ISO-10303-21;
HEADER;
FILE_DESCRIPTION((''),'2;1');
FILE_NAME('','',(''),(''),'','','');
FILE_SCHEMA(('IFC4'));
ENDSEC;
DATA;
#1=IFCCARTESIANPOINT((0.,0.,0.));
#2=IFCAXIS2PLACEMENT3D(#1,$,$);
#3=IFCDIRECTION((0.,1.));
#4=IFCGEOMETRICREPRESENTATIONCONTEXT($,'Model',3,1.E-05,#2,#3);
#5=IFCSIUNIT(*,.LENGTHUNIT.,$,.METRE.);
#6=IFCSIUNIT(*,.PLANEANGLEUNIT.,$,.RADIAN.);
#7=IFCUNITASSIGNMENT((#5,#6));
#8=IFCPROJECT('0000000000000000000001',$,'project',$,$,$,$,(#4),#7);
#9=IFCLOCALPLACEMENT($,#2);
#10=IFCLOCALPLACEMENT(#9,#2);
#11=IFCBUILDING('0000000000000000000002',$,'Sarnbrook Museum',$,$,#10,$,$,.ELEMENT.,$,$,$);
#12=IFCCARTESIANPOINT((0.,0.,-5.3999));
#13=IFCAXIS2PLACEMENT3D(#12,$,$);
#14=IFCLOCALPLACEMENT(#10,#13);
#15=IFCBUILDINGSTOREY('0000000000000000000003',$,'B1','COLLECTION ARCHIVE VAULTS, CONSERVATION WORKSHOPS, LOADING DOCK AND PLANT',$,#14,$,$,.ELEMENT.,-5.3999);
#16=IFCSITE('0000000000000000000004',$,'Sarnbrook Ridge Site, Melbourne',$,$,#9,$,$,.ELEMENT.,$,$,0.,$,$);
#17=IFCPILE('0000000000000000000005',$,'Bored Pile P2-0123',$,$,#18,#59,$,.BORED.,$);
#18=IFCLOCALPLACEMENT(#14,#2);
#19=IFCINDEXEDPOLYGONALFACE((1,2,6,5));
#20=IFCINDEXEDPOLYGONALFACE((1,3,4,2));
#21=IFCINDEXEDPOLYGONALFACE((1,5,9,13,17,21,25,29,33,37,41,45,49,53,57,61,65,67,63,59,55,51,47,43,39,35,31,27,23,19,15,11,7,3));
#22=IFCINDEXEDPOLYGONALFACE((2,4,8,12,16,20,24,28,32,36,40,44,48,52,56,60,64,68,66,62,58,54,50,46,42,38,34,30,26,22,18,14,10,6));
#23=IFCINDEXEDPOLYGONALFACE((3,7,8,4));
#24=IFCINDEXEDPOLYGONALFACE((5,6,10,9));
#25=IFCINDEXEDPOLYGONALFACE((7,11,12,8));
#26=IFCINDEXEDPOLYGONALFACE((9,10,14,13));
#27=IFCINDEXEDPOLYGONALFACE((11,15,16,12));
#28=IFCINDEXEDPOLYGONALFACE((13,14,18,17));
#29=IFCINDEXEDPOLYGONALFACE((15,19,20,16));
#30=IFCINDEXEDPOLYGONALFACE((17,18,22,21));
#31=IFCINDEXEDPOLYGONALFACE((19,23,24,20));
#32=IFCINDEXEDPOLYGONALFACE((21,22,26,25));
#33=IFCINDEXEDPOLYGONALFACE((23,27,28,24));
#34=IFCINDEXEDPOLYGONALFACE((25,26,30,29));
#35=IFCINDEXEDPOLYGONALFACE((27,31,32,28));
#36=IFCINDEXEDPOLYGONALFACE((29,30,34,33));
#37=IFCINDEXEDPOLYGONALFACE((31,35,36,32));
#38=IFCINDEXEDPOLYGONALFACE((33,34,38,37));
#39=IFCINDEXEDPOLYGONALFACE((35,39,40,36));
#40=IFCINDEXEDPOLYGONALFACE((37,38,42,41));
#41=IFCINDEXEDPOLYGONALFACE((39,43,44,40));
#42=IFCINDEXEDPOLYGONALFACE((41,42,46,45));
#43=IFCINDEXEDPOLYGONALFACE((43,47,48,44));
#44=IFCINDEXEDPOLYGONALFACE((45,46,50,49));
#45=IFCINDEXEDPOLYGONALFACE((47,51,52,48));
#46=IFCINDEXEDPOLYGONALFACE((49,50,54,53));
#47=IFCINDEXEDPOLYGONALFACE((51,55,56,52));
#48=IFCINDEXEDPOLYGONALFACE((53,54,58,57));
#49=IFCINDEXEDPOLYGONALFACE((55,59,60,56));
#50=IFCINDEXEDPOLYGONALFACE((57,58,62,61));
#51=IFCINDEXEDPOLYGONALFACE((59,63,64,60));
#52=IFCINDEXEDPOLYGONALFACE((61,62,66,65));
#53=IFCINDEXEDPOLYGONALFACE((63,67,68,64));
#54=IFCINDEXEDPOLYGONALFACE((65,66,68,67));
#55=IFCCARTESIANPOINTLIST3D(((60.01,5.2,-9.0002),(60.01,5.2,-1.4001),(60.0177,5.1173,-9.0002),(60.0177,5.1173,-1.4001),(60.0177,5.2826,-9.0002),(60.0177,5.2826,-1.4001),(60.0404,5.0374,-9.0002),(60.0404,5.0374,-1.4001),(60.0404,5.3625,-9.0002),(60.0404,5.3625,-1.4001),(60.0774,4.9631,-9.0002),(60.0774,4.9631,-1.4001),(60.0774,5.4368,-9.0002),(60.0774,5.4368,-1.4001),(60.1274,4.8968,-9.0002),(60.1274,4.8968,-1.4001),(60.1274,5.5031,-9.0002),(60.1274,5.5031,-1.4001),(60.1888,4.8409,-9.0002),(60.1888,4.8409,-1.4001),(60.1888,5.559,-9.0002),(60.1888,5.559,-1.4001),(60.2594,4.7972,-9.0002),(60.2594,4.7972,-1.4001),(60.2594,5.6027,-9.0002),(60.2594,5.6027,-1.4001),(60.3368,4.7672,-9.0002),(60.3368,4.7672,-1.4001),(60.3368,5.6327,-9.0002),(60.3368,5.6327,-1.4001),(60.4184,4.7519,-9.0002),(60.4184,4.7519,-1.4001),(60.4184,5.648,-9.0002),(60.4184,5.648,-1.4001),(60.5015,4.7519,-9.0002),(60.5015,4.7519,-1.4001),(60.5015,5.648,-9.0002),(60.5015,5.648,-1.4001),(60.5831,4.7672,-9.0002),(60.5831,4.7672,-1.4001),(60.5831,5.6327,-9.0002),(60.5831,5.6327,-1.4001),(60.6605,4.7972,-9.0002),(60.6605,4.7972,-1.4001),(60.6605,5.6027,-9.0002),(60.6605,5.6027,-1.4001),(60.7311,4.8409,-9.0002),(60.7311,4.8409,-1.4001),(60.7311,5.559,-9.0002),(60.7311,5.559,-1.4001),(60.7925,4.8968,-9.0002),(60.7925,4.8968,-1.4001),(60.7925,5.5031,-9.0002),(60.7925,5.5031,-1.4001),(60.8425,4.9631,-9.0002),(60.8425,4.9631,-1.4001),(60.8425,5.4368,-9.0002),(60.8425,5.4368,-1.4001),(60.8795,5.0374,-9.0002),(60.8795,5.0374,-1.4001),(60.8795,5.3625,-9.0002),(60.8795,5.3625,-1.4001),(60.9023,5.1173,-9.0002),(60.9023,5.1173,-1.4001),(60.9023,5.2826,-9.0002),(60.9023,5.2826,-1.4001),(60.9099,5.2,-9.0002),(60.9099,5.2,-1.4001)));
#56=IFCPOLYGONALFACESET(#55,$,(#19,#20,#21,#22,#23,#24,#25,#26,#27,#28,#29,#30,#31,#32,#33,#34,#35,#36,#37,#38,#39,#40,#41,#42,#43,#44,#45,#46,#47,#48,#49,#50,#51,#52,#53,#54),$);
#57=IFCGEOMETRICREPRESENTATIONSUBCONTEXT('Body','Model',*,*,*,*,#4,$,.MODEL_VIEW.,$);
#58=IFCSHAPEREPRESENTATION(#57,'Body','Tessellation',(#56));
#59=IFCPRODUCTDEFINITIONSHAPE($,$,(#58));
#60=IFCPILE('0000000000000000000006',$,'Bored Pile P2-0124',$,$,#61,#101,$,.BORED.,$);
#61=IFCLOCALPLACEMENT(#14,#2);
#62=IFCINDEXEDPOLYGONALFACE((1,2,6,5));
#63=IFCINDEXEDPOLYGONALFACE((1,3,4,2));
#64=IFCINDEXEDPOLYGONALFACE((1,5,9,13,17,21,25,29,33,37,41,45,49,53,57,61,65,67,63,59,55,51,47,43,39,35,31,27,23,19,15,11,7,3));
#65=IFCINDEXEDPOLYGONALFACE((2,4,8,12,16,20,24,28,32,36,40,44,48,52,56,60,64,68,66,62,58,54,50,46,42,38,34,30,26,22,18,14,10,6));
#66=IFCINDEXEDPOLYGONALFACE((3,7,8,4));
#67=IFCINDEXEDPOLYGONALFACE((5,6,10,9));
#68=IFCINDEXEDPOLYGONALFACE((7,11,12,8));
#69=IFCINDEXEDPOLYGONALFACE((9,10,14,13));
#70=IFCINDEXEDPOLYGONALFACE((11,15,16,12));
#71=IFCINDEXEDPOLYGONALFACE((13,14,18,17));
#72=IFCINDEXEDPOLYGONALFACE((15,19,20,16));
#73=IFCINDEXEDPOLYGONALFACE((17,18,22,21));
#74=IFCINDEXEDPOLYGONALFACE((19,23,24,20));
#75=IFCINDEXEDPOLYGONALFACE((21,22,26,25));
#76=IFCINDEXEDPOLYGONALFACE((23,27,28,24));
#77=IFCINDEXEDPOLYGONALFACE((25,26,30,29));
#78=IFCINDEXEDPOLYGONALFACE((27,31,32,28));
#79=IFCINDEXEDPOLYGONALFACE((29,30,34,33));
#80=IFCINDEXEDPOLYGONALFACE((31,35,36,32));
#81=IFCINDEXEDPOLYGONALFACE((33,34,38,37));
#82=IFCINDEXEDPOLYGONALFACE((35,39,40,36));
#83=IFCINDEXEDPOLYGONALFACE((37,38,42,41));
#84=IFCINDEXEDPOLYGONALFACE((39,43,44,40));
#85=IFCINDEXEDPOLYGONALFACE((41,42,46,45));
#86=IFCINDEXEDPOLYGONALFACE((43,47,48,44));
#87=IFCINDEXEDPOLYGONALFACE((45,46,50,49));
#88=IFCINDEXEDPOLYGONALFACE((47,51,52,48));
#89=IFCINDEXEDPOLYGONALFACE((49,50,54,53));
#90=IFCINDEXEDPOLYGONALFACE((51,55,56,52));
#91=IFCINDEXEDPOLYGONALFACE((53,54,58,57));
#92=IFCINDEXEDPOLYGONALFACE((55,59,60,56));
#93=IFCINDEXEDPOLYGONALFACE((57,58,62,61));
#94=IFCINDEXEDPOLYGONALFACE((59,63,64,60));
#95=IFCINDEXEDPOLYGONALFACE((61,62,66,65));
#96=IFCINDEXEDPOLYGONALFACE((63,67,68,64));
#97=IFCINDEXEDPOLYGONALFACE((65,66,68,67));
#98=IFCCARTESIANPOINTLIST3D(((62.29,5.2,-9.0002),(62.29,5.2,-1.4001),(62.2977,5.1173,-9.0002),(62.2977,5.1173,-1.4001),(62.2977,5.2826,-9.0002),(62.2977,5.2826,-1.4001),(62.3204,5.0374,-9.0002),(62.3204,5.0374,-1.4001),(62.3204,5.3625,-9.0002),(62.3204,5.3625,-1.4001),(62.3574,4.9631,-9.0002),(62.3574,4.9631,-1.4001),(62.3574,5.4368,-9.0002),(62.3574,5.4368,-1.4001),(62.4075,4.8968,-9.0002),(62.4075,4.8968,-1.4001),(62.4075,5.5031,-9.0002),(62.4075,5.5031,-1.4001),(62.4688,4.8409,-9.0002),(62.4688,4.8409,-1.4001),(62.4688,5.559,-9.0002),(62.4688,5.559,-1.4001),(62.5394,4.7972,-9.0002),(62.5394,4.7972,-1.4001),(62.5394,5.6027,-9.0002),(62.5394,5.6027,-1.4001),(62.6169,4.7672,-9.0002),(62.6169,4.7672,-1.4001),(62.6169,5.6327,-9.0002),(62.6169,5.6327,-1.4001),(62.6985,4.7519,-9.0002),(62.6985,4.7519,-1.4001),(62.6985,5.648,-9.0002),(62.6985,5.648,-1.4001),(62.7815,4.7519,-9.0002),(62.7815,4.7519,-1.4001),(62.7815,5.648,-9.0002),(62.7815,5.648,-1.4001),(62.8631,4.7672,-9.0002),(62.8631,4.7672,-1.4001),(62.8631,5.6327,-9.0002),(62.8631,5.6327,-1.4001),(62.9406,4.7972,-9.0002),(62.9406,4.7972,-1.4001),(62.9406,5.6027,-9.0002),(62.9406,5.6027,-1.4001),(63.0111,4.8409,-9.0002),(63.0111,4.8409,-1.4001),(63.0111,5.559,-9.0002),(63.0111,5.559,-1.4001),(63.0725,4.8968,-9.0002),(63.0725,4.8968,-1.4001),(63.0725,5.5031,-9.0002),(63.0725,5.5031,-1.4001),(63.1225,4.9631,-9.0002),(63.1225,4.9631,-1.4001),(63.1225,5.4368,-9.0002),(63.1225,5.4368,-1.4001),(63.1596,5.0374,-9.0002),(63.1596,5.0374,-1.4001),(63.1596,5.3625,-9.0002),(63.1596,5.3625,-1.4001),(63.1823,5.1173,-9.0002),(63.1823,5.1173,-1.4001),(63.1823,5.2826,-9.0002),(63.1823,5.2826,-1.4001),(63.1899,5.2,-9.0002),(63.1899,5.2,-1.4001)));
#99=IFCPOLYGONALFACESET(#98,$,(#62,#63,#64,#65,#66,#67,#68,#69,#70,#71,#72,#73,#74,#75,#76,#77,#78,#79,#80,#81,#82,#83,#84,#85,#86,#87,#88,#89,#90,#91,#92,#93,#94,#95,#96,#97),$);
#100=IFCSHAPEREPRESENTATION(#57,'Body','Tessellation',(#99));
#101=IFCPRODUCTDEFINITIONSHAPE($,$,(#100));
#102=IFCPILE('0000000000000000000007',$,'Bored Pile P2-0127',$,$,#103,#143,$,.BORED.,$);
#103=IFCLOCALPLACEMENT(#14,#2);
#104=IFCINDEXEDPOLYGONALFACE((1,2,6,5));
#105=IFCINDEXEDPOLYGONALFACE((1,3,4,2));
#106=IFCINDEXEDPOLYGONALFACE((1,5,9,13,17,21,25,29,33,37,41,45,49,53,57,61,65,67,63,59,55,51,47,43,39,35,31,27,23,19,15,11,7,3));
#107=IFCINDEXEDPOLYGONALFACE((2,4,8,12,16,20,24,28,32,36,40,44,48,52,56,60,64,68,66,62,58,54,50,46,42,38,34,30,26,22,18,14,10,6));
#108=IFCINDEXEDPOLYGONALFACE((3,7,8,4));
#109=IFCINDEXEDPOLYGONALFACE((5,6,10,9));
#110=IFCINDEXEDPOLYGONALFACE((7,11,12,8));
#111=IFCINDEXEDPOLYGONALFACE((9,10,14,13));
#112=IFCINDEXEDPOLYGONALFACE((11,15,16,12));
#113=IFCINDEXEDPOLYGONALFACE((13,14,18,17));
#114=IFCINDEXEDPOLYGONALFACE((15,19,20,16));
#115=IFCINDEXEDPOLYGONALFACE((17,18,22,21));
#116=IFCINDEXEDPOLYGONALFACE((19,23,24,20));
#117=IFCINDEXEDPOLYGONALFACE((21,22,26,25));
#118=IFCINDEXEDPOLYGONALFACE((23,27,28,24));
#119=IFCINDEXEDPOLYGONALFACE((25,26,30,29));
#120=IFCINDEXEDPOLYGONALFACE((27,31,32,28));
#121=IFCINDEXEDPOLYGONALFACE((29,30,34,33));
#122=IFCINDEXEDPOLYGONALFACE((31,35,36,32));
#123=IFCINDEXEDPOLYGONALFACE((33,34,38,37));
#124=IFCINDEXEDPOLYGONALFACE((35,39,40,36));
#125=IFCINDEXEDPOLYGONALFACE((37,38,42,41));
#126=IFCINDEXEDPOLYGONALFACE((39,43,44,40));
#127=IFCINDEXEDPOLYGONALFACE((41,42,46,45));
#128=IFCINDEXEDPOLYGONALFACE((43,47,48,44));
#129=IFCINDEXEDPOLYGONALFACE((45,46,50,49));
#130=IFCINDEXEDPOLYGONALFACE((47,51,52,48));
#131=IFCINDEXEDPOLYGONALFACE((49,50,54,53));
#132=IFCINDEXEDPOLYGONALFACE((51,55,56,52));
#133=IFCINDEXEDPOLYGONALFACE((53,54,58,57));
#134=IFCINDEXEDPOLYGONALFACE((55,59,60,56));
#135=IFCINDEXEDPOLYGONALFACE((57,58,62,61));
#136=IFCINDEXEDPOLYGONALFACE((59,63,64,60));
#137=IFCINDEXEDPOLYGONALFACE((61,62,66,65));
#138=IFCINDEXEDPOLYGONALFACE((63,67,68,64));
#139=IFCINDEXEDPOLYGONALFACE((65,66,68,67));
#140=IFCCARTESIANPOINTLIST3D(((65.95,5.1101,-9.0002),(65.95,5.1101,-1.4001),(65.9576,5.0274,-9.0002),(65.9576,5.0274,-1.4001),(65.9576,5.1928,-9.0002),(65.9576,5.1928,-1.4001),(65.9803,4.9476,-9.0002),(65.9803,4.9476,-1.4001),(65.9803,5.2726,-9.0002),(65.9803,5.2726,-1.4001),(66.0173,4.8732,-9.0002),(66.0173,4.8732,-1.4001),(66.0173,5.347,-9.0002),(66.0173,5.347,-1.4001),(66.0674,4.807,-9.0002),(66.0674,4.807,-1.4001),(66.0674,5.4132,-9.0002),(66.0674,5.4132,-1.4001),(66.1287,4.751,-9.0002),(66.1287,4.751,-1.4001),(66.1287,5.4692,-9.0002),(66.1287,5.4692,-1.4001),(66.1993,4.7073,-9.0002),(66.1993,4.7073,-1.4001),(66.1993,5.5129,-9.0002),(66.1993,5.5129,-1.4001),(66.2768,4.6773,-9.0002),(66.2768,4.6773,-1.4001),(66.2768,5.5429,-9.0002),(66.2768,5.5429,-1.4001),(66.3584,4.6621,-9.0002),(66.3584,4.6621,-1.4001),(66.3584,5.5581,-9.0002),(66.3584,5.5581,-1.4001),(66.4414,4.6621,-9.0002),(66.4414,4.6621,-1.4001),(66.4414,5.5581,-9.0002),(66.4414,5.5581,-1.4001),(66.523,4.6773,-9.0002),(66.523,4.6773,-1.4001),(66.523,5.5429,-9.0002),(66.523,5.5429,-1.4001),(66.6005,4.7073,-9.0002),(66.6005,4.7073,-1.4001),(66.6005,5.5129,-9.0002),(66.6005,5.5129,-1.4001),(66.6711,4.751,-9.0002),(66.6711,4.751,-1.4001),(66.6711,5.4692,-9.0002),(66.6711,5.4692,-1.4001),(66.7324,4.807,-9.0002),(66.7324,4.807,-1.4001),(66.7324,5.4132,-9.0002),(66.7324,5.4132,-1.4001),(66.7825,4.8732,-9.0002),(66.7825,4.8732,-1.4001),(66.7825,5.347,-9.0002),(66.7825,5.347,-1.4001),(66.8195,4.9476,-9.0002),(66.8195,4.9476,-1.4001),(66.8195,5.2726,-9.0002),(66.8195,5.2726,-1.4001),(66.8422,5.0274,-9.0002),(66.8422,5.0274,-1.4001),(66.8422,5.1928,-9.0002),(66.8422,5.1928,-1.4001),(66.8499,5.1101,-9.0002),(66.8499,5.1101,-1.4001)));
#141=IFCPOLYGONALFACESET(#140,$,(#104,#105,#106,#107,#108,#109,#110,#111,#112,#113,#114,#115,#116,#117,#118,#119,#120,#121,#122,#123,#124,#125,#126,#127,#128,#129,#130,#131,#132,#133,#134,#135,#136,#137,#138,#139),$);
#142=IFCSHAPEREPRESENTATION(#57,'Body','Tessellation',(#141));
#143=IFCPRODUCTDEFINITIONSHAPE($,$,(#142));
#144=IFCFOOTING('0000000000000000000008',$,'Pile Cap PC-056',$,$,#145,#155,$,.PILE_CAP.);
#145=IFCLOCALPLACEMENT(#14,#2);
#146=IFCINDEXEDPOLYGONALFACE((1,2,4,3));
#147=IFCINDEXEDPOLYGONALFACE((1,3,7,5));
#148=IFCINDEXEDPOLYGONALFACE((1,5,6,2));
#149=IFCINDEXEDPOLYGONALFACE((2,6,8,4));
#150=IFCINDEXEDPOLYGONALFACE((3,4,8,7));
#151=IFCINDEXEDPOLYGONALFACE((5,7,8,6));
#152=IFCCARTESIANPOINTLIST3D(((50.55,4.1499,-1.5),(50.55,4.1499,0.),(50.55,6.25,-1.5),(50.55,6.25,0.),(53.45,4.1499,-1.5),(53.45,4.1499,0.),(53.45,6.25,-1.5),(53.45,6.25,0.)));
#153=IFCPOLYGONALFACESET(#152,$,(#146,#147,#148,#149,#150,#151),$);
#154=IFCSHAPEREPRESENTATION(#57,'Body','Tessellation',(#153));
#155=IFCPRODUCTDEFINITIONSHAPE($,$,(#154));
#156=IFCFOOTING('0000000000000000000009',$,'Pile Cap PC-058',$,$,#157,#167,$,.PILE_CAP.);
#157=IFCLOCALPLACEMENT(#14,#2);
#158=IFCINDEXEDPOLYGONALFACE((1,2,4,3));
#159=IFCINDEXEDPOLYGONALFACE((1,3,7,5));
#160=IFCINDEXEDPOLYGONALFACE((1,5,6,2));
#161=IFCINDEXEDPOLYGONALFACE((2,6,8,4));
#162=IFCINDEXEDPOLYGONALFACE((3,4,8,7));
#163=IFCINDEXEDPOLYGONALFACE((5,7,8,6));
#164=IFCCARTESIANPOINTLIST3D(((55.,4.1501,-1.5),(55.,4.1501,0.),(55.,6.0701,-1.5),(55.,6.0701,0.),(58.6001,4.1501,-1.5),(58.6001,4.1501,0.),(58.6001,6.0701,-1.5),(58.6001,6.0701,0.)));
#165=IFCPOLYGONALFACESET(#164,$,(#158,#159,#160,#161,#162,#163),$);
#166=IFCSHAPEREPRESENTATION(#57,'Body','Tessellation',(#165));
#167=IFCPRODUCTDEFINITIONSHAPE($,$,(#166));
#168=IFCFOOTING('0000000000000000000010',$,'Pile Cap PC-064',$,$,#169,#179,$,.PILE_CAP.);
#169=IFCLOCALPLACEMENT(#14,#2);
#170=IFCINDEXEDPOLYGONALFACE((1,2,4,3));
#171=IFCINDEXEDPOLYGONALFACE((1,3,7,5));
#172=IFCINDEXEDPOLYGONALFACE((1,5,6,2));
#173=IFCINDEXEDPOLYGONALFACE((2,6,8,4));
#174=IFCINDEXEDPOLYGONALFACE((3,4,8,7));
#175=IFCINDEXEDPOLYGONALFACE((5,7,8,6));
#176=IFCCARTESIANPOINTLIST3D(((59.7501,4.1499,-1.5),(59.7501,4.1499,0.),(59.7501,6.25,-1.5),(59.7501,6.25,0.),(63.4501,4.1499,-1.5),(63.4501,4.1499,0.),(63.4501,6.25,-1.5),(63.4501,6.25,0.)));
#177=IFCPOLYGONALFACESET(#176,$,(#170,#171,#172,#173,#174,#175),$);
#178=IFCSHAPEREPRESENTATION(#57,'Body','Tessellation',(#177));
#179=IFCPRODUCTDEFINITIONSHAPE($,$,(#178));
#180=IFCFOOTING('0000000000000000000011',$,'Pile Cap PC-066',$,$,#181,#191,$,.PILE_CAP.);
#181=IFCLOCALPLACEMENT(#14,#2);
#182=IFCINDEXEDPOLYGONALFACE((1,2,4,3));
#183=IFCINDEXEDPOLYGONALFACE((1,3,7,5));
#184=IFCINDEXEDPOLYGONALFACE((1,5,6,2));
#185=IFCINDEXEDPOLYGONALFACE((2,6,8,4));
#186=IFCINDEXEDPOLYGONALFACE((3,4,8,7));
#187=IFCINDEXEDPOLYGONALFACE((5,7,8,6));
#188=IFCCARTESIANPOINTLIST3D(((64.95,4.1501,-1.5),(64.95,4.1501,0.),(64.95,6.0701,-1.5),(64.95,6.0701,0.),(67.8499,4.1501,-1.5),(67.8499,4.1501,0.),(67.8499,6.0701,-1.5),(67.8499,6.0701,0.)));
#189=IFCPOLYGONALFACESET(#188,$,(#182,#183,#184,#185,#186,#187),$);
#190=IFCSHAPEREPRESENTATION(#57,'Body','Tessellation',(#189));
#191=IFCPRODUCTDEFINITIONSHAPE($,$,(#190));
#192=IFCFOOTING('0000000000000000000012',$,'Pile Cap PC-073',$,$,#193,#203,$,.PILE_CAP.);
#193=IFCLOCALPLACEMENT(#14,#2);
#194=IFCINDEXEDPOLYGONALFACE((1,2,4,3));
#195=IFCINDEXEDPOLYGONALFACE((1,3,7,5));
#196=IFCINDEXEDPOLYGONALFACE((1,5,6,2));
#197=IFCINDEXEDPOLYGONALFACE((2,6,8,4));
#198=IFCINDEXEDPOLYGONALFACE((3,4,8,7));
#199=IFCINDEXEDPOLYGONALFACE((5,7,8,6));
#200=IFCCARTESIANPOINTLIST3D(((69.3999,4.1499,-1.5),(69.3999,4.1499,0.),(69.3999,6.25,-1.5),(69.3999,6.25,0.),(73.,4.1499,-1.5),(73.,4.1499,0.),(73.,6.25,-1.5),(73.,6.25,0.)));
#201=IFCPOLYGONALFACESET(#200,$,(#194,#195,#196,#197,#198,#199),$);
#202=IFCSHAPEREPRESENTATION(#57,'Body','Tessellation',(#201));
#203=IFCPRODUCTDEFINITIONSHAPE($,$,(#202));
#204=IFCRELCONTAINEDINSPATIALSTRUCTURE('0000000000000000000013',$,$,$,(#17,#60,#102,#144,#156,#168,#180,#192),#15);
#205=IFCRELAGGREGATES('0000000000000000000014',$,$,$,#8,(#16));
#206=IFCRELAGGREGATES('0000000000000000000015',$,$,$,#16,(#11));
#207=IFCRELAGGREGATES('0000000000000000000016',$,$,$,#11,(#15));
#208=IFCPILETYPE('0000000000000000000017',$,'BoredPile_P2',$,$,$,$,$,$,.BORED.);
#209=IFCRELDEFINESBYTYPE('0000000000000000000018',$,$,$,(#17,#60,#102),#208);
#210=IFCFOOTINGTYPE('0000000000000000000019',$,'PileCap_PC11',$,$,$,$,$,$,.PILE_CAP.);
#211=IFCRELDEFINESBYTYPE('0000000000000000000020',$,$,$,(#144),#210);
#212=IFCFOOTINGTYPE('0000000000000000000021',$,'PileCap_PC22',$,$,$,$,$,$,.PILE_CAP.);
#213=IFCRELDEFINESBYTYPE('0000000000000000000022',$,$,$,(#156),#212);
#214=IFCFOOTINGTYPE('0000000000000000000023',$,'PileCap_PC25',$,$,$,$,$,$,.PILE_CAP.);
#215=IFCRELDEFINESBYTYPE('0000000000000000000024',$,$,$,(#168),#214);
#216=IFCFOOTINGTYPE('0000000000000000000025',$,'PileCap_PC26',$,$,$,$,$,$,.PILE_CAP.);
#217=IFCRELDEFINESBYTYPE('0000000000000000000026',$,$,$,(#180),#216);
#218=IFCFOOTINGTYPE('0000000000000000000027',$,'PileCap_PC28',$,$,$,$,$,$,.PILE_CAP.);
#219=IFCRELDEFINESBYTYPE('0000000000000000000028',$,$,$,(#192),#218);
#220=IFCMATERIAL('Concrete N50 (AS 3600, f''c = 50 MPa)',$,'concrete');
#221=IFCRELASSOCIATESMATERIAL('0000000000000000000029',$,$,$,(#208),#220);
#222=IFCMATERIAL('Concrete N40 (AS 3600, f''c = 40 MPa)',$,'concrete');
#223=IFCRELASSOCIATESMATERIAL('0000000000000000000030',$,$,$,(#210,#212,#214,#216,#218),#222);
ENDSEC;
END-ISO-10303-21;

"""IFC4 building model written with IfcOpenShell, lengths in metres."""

from ifc_helpers import new_model, si_unit, direction, frame, origin, origin_2d, place, context, subcontext, project, spatial, rectangle, circle, extrude, material, material_profile, profile_set, type_object, element, save


model = new_model("IFC4")

# Units and contexts
model_context = context("Model", 3, precision=1e-05, world=origin(), true_north=direction((0.0, 1.0)))
body_context = subcontext(model_context, "Body", "Model", "MODEL_VIEW")
ifc_project = project(units=[si_unit("LENGTHUNIT", "METRE"), si_unit("PLANEANGLEUNIT", "RADIAN")], contexts=[model_context])

# Site, building, storey
site_placement = place(None, origin())
site = spatial("IfcSite", under=ifc_project, at=site_placement, Name="Sarnbrook Ridge Site, Melbourne", CompositionType="ELEMENT", RefElevation=0.0)
building_placement = place(site_placement, origin())
building = spatial("IfcBuilding", under=site, at=building_placement, Name="Sarnbrook Museum", CompositionType="ELEMENT")
storey_placement = place(building_placement, frame((0.0, 0.0, -5.3999)))
storey = spatial("IfcBuildingStorey", under=building, at=storey_placement, Name="B1", Description="COLLECTION ARCHIVE VAULTS, CONSERVATION WORKSHOPS, LOADING DOCK AND PLANT", CompositionType="ELEMENT", Elevation=-5.3999)

# Piles
ifc_material_1 = material(Name="Concrete N50 (AS 3600, f'c = 50 MPa)", Category="concrete")
ifc_material_profile_1 = material_profile(ifc_material_1, circle(Radius=0.45, at=origin_2d()), Name="BORED PILE D900")
ifc_profile_set_1 = profile_set([ifc_material_profile_1], Name="Concrete N50 (AS 3600, f'c = 50 MPa)")
pile_type_1 = type_object("IfcPileType", Name="BoredPile_P2", PredefinedType="BORED", material=ifc_profile_set_1)
for number, where, z_axis, x_axis, name in (
    (1, (60.46, 5.2, -1.4001), (0.0, 0.0, -1.0), (1.0, 0.0, 0.0), "Bored Pile P2-0123"),
    (2, (62.74, 5.2, -1.4001), (0.0, 0.0, -1.0), (1.0, 0.0, 0.0), "Bored Pile P2-0124"),
    (3, (66.3999, 5.1101, -1.4001), (0.0, 0.0, -1.0), (1.0, 0.0, 0.0), "Bored Pile P2-0127"),
):
    element("IfcPile", number, at=place(storey_placement, frame(where, z_axis=z_axis, x_axis=x_axis)), inside=storey, type_object=pile_type_1, Name=name, PredefinedType="BORED", context=body_context, shape_type="SweptSolid", body=[
        extrude(circle(Radius=0.45, at=origin_2d()), origin(), (0.0, 0.0, 1.0), 7.6001),
    ])

# Footings
ifc_material_2 = material(Name="Concrete N40 (AS 3600, f'c = 40 MPa)", Category="concrete")
footing_type_1 = type_object("IfcFootingType", Name="PileCap_PC11", PredefinedType="PILE_CAP", material=ifc_material_2)
footing_1_placement = place(storey_placement, frame((52.0, 5.2, -1.5), z_axis=(0.0, 0.0, 1.0), x_axis=(1.0, 0.0, 0.0)))
element("IfcFooting", 4, at=footing_1_placement, inside=storey, type_object=footing_type_1, Name="Pile Cap PC-056", PredefinedType="PILE_CAP", context=body_context, shape_type="SweptSolid", body=[
    extrude(rectangle(XDim=2.8999, YDim=2.1001, at=origin_2d()), origin(), (0.0, 0.0, 1.0), 1.5),
])
footing_type_2 = type_object("IfcFootingType", Name="PileCap_PC22", PredefinedType="PILE_CAP", material=ifc_material_2)
footing_2_placement = place(storey_placement, frame((56.8, 5.1101, -1.5), z_axis=(0.0, 0.0, 1.0), x_axis=(1.0, 0.0, 0.0)))
element("IfcFooting", 5, at=footing_2_placement, inside=storey, type_object=footing_type_2, Name="Pile Cap PC-058", PredefinedType="PILE_CAP", context=body_context, shape_type="SweptSolid", body=[
    extrude(rectangle(XDim=3.6001, YDim=1.9199, at=origin_2d()), origin(), (0.0, 0.0, 1.0), 1.5),
])
footing_type_3 = type_object("IfcFootingType", Name="PileCap_PC25", PredefinedType="PILE_CAP", material=ifc_material_2)
footing_3_placement = place(storey_placement, frame((61.6001, 5.2, -1.5), z_axis=(0.0, 0.0, 1.0), x_axis=(1.0, 0.0, 0.0)))
element("IfcFooting", 6, at=footing_3_placement, inside=storey, type_object=footing_type_3, Name="Pile Cap PC-064", PredefinedType="PILE_CAP", context=body_context, shape_type="SweptSolid", body=[
    extrude(rectangle(XDim=3.7, YDim=2.1001, at=origin_2d()), origin(), (0.0, 0.0, 1.0), 1.5),
])
footing_type_4 = type_object("IfcFootingType", Name="PileCap_PC26", PredefinedType="PILE_CAP", material=ifc_material_2)
footing_4_placement = place(storey_placement, frame((66.3999, 5.1101, -1.5), z_axis=(0.0, 0.0, 1.0), x_axis=(1.0, 0.0, 0.0)))
element("IfcFooting", 7, at=footing_4_placement, inside=storey, type_object=footing_type_4, Name="Pile Cap PC-066", PredefinedType="PILE_CAP", context=body_context, shape_type="SweptSolid", body=[
    extrude(rectangle(XDim=2.8999, YDim=1.9199, at=origin_2d()), origin(), (0.0, 0.0, 1.0), 1.5),
])
footing_type_5 = type_object("IfcFootingType", Name="PileCap_PC28", PredefinedType="PILE_CAP", material=ifc_material_2)
footing_5_placement = place(storey_placement, frame((71.2, 5.2, -1.5), z_axis=(0.0, 0.0, 1.0), x_axis=(1.0, 0.0, 0.0)))
element("IfcFooting", 8, at=footing_5_placement, inside=storey, type_object=footing_type_5, Name="Pile Cap PC-073", PredefinedType="PILE_CAP", context=body_context, shape_type="SweptSolid", body=[
    extrude(rectangle(XDim=3.6001, YDim=2.1001, at=origin_2d()), origin(), (0.0, 0.0, 1.0), 1.5),
])

save(model, "model.ifc")
